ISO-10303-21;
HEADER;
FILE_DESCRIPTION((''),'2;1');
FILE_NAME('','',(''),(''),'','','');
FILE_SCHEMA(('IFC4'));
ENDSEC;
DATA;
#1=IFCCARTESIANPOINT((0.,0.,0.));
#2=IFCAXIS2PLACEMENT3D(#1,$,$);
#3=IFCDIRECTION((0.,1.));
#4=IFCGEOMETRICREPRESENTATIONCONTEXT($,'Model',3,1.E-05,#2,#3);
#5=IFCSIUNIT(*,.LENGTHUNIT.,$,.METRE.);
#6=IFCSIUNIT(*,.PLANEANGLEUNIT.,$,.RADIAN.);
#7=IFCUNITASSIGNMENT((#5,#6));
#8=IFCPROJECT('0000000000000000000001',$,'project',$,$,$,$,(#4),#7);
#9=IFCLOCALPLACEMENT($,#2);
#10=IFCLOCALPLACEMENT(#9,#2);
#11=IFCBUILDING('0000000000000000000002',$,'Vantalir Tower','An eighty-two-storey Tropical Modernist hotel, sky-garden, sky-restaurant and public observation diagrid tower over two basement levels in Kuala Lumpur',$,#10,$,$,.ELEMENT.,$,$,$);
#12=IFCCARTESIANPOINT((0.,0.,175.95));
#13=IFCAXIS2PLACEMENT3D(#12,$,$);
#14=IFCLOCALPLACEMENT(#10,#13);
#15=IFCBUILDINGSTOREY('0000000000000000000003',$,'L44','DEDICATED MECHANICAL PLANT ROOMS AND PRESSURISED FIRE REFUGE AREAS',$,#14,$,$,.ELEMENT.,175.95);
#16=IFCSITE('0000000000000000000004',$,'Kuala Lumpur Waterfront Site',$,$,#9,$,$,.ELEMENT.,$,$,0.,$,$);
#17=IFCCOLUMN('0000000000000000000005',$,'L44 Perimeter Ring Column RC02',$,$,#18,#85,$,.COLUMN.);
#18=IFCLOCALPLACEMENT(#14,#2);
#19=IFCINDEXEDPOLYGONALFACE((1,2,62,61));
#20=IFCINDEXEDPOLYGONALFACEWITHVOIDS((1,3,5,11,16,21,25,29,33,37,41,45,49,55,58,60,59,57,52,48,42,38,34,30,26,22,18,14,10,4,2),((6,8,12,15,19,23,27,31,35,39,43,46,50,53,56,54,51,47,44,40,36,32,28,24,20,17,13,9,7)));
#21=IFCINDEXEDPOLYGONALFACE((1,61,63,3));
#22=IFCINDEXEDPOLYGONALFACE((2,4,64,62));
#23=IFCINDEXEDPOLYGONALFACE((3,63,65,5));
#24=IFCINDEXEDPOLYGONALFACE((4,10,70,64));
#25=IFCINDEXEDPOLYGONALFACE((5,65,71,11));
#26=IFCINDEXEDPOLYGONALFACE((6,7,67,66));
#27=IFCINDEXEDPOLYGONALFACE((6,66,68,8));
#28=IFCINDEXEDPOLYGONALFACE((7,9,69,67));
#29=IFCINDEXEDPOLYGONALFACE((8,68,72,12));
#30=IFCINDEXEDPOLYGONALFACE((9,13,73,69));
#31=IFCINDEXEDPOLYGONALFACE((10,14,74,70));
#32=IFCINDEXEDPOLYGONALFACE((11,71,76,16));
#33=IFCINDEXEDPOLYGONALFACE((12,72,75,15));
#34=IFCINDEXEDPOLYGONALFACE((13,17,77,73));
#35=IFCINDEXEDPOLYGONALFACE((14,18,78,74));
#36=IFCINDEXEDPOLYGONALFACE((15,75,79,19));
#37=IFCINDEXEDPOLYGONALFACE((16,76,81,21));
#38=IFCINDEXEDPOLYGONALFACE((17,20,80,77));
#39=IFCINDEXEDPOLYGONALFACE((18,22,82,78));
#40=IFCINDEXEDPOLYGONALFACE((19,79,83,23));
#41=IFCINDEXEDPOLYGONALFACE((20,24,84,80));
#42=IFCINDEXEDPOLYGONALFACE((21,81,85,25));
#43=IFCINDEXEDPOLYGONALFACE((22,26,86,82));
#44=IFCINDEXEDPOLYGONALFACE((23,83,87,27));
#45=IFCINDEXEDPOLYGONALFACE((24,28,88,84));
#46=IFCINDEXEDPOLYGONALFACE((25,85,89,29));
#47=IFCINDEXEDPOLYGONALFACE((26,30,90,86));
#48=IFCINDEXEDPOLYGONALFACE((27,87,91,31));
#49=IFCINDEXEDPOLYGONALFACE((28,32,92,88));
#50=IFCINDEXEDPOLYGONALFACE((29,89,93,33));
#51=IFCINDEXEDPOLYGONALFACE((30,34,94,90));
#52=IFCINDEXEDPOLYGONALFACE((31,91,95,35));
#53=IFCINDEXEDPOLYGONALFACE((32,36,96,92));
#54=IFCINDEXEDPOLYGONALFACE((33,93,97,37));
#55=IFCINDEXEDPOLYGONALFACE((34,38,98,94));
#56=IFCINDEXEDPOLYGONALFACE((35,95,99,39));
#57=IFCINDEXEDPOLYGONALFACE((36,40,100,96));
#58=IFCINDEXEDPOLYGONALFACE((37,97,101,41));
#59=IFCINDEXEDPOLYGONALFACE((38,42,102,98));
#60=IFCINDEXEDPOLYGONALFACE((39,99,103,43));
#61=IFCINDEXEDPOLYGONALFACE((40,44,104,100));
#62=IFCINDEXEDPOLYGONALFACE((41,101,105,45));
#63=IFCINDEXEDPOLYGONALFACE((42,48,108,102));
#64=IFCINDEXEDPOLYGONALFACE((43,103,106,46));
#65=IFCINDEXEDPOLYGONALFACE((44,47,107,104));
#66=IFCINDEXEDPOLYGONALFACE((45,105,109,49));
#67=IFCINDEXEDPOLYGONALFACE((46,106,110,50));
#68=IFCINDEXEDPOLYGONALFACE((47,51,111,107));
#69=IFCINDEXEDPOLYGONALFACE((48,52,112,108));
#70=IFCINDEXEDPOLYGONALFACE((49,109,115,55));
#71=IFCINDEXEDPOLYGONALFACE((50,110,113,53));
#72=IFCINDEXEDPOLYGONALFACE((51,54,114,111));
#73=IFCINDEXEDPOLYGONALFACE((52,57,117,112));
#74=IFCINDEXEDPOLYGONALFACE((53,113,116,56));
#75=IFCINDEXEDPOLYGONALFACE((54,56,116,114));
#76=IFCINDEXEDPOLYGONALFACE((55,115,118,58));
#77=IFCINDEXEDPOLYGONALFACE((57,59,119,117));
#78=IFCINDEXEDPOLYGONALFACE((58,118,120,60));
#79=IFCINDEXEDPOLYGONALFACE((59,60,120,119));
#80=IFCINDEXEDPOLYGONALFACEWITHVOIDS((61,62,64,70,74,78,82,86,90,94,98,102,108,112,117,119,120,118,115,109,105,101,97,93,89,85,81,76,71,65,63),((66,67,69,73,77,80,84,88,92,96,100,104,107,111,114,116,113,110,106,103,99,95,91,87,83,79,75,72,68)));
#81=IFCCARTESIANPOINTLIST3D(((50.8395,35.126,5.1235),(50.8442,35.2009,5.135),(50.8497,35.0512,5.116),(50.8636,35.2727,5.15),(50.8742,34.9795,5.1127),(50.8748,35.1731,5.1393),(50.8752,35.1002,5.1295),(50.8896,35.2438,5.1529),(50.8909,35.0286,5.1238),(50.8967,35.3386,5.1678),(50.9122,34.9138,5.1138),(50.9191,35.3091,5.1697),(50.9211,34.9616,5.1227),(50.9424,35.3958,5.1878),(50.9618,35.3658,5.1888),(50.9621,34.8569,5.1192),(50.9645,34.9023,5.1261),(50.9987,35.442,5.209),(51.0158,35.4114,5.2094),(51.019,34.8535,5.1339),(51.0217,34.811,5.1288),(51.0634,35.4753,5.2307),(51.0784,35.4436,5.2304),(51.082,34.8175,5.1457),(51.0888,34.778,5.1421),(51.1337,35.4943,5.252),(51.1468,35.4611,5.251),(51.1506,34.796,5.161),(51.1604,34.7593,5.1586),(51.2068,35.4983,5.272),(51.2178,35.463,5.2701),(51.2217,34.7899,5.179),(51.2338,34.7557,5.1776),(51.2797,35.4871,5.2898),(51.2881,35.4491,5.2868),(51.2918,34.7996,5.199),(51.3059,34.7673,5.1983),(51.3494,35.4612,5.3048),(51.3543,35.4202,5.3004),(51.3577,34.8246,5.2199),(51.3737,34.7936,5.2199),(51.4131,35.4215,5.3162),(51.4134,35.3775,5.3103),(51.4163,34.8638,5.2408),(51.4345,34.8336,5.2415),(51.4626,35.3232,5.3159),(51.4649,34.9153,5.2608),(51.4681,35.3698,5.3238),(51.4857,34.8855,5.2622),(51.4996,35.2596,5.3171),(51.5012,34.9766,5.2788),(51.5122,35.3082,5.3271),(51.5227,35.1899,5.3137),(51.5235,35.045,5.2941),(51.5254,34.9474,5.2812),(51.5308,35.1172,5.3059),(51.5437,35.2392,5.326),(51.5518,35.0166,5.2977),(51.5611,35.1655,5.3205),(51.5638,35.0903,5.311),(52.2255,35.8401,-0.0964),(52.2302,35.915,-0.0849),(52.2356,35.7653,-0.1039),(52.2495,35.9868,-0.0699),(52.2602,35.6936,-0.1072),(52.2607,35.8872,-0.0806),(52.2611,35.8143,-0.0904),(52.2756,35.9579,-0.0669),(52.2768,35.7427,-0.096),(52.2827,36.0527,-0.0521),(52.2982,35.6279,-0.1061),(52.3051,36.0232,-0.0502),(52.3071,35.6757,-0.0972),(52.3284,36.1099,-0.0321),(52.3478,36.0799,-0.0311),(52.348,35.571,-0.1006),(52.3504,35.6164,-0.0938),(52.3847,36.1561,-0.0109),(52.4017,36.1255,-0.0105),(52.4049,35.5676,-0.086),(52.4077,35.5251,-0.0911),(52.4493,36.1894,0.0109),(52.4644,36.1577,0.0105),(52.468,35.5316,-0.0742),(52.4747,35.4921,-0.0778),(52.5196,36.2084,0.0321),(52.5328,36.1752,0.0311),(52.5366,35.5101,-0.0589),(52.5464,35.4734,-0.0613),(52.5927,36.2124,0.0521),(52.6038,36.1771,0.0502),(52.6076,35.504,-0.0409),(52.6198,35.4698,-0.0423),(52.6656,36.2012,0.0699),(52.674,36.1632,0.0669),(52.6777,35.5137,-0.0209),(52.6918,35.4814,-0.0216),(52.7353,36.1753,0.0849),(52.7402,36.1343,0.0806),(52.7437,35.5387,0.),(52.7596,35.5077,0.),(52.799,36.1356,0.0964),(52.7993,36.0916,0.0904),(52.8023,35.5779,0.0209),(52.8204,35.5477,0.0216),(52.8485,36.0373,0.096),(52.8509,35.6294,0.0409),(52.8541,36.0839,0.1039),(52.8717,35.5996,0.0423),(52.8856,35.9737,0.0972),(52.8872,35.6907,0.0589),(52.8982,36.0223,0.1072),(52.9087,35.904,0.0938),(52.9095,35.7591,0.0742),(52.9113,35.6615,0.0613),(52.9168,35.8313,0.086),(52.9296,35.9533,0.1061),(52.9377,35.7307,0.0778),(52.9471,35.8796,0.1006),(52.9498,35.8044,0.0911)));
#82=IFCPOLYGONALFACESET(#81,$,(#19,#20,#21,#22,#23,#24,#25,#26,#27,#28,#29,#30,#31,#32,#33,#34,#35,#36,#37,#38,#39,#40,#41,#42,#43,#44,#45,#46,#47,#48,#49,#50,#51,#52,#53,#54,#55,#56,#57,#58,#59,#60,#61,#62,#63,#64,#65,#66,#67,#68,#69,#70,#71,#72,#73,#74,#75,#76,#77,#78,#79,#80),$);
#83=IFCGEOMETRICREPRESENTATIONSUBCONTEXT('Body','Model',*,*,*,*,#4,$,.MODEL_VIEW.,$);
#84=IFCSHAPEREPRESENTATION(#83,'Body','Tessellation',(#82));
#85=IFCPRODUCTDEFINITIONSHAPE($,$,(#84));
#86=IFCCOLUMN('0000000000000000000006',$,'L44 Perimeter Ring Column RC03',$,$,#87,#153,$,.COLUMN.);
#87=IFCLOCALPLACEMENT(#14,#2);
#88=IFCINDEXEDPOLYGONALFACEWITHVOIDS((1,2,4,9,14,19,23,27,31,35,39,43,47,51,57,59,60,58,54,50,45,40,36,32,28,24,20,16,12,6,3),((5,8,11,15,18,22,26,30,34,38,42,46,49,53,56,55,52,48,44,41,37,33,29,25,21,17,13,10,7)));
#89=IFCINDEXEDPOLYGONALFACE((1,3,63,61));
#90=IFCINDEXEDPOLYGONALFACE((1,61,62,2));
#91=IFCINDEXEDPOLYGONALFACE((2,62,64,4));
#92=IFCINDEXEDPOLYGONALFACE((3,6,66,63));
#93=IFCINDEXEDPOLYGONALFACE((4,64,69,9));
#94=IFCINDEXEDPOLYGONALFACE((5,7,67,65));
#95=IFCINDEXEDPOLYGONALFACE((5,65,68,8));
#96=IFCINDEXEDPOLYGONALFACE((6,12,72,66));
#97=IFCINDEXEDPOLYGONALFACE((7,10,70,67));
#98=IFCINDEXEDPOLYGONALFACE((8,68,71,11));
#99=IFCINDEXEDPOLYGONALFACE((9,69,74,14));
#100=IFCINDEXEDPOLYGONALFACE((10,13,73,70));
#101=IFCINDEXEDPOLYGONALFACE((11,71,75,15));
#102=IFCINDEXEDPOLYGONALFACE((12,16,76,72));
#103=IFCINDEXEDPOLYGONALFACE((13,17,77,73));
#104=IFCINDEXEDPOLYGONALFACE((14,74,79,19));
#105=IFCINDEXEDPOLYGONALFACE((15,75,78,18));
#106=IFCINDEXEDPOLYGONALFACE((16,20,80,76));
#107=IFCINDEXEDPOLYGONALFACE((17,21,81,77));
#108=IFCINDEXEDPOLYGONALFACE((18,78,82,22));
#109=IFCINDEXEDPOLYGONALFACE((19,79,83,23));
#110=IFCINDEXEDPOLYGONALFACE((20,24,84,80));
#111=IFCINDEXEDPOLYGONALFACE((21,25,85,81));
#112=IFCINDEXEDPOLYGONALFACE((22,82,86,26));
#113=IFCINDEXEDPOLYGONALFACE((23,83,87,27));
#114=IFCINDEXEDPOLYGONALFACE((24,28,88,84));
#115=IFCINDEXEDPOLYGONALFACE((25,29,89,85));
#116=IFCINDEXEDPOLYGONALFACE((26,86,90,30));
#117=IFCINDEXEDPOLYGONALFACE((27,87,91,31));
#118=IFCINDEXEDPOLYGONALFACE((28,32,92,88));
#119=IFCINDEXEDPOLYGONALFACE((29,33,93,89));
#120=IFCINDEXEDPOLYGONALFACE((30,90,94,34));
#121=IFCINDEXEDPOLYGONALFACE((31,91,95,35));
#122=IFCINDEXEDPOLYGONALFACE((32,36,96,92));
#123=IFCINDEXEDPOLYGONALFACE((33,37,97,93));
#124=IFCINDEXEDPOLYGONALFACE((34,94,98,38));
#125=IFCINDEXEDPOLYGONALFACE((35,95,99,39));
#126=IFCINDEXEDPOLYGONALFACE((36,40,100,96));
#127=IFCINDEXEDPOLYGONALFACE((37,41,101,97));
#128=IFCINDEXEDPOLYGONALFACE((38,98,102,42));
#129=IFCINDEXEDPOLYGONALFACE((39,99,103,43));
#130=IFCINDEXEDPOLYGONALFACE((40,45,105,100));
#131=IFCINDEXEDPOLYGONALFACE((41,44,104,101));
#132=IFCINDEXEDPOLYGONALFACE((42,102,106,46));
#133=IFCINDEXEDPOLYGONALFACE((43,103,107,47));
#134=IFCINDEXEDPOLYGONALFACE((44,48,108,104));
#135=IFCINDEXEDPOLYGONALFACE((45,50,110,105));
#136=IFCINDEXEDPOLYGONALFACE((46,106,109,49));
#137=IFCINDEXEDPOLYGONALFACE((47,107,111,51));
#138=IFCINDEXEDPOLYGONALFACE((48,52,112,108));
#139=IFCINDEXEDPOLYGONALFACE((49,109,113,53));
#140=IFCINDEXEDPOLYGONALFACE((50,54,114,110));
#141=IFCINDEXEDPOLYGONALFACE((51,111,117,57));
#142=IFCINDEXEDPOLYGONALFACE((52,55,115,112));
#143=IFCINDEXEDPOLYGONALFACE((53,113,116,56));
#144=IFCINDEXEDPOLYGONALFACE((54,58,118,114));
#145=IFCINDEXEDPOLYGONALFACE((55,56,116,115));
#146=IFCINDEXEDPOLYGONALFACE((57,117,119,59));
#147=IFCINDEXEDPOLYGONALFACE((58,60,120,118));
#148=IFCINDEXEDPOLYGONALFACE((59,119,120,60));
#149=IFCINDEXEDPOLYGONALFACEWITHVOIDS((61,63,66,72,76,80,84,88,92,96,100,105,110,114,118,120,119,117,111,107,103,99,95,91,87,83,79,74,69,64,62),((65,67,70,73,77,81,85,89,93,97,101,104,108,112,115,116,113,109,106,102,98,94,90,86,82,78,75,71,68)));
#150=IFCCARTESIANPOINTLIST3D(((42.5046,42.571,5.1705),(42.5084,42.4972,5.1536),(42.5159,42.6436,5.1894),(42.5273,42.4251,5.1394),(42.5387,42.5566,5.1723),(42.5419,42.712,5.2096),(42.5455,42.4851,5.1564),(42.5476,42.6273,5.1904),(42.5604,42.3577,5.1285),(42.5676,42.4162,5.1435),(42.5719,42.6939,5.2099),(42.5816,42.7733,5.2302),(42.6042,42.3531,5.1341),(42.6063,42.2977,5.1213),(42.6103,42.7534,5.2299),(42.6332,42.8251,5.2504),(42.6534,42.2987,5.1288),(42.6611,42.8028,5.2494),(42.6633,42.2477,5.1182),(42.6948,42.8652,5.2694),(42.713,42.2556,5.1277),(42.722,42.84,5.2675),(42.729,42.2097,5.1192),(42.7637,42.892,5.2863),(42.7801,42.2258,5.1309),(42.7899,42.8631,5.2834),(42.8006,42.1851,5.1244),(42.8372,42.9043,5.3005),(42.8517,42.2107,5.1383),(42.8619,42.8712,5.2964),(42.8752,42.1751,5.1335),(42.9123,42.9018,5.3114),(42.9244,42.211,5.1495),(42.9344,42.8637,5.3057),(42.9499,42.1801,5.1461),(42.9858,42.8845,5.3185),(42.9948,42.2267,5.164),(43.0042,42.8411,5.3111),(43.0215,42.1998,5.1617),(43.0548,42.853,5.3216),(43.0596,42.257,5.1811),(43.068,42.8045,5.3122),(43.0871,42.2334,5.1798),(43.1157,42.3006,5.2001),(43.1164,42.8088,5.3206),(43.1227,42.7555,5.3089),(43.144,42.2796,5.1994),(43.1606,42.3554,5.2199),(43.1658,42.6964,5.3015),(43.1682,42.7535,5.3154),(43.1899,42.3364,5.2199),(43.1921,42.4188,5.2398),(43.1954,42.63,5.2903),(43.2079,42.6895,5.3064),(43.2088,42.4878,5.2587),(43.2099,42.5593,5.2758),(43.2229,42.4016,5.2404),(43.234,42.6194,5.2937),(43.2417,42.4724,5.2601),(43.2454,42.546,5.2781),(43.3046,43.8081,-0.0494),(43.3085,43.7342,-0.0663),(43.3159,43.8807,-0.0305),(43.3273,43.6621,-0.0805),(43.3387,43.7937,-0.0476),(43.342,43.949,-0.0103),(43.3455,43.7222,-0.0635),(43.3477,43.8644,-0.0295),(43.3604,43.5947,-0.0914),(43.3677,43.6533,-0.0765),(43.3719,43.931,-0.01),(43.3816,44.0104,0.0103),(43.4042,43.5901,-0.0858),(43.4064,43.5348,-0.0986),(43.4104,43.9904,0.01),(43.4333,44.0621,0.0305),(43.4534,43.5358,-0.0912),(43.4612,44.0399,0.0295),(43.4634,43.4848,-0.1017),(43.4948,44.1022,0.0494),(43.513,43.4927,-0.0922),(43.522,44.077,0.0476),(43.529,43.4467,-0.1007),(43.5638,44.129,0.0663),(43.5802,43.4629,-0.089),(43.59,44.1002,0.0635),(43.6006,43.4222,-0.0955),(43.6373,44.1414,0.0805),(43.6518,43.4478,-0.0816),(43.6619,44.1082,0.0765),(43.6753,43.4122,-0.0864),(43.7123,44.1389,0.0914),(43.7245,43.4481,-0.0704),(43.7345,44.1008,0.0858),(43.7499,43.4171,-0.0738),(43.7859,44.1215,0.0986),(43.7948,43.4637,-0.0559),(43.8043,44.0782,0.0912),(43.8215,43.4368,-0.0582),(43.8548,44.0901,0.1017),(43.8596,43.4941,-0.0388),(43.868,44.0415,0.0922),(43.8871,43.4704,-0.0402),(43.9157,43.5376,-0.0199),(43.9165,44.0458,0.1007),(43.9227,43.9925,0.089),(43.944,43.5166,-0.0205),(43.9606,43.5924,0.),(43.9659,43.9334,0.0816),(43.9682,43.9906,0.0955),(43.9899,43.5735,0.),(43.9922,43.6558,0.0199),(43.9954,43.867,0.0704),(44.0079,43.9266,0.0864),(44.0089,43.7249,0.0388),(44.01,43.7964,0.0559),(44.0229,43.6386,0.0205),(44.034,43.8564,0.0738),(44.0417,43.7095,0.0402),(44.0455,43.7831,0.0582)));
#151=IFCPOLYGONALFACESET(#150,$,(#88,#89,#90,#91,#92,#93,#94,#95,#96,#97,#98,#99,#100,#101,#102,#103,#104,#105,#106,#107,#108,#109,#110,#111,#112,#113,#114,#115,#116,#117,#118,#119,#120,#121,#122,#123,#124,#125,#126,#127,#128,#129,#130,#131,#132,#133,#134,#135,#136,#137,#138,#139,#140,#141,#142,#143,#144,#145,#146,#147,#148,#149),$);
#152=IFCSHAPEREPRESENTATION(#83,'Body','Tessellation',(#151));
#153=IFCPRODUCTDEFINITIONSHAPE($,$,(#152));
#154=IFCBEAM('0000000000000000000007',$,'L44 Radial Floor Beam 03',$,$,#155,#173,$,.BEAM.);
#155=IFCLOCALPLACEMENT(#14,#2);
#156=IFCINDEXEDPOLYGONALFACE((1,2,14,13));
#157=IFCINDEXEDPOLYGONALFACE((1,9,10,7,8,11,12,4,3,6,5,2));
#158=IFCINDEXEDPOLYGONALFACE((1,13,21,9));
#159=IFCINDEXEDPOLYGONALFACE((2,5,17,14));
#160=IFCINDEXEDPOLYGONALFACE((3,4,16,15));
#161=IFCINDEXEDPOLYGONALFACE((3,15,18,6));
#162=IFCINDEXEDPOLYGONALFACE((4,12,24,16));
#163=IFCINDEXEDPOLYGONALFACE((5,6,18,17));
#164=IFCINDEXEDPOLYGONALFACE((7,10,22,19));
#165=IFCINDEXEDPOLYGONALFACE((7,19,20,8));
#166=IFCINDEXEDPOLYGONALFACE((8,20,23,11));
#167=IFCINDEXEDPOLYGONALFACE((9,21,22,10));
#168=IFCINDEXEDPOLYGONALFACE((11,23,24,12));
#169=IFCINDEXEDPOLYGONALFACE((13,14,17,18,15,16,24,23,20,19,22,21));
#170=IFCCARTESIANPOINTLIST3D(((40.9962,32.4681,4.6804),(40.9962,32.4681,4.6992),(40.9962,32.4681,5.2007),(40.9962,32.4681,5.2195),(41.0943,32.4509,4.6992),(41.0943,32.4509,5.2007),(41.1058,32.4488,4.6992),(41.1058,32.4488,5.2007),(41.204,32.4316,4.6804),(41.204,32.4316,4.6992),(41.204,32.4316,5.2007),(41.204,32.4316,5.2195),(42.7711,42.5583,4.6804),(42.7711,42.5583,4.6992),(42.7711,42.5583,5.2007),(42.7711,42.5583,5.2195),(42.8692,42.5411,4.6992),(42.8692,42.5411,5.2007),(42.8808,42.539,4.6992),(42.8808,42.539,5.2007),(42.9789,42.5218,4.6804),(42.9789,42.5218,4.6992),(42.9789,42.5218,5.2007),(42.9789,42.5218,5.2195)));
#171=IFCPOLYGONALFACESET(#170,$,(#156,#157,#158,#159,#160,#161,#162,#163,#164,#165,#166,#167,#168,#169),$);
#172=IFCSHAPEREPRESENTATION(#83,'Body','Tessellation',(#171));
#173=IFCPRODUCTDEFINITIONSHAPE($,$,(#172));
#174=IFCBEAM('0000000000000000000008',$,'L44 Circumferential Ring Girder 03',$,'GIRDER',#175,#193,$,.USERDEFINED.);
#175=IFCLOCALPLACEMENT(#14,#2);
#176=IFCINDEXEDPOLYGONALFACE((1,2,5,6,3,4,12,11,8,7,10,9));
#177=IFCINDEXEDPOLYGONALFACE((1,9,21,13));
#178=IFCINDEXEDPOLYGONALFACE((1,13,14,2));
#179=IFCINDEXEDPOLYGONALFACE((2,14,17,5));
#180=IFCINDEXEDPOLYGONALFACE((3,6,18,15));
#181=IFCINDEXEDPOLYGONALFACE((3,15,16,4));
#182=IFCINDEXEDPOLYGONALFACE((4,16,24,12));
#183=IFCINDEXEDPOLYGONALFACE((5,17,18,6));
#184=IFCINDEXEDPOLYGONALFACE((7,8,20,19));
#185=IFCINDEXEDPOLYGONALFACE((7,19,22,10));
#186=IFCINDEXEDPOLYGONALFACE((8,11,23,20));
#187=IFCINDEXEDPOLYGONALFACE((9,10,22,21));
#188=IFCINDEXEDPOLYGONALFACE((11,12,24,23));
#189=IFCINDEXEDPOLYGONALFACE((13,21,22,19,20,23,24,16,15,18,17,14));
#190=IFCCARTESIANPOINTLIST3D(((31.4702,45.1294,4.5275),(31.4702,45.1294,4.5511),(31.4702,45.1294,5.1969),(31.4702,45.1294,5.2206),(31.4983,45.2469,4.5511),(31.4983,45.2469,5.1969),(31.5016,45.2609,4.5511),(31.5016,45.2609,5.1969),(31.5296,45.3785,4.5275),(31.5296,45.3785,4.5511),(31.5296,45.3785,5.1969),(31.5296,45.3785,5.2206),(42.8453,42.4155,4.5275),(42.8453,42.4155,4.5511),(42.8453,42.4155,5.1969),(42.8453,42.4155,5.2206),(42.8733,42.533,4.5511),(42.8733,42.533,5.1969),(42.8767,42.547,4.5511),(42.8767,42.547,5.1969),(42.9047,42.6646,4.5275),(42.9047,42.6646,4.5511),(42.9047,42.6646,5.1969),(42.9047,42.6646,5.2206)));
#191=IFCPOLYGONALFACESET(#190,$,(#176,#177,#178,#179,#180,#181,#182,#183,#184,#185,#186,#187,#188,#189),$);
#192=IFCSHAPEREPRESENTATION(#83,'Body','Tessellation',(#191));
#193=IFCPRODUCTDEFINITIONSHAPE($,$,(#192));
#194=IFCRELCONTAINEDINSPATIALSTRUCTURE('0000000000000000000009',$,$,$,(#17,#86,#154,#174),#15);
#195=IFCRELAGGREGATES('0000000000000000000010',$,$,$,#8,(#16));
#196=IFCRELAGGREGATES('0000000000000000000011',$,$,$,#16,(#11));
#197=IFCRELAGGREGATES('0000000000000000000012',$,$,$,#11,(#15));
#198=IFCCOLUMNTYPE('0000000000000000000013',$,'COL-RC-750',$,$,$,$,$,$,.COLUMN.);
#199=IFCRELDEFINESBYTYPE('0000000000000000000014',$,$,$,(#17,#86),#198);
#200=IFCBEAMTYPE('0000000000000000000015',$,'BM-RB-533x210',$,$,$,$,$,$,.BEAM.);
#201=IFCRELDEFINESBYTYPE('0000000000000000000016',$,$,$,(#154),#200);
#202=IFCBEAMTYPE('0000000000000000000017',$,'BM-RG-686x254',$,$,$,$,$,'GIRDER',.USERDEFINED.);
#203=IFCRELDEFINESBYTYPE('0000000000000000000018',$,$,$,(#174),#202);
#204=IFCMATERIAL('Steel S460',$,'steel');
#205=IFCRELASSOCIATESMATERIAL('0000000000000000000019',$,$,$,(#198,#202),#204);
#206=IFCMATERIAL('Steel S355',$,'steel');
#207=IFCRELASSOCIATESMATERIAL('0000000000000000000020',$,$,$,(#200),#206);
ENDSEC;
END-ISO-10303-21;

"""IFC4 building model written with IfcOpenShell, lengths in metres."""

from ifc_helpers import new_model, si_unit, direction, frame, origin, origin_2d, place, context, subcontext, project, spatial, hollow_circle, i_section, extrude, material, material_profile, profile_set, type_object, element, save


model = new_model("IFC4")

# Units and contexts
model_context = context("Model", 3, precision=1e-05, world=origin(), true_north=direction((0.0, 1.0)))
body_context = subcontext(model_context, "Body", "Model", "MODEL_VIEW")
ifc_project = project(units=[si_unit("LENGTHUNIT", "METRE"), si_unit("PLANEANGLEUNIT", "RADIAN")], contexts=[model_context])

# Site, building, storey
site_placement = place(None, origin())
site = spatial("IfcSite", under=ifc_project, at=site_placement, Name="Kuala Lumpur Waterfront Site", CompositionType="ELEMENT", RefElevation=0.0)
building_placement = place(site_placement, origin())
building = spatial("IfcBuilding", under=site, at=building_placement, Name="Vantalir Tower", Description="An eighty-two-storey Tropical Modernist hotel, sky-garden, sky-restaurant and public observation diagrid tower over two basement levels in Kuala Lumpur", CompositionType="ELEMENT")
storey_placement = place(building_placement, frame((0.0, 0.0, 175.95)))
storey = spatial("IfcBuildingStorey", under=building, at=storey_placement, Name="L44", Description="DEDICATED MECHANICAL PLANT ROOMS AND PRESSURISED FIRE REFUGE AREAS", CompositionType="ELEMENT", Elevation=175.95)

# Columns
ifc_material_1 = material(Name="Steel S460", Category="steel")
ifc_material_profile_1 = material_profile(ifc_material_1, hollow_circle(Radius=0.375, WallThickness=0.0349, at=origin_2d()), Name="Steel S460")
ifc_profile_set_1 = profile_set([ifc_material_profile_1], Name="Steel S460")
column_type = type_object("IfcColumnType", Name="COL-RC-750", PredefinedType="COLUMN", material=ifc_profile_set_1)
column_1_placement = place(storey_placement, frame((52.5879, 35.8411, 0.0), z_axis=(-0.25441, -0.131081, 0.958172), x_axis=(0.458017, -0.888944, 0.0)))
element("IfcColumn", 1, at=column_1_placement, inside=storey, type_object=column_type, Name="L44 Perimeter Ring Column RC02", PredefinedType="COLUMN", context=body_context, shape_type="SweptSolid", body=[
    extrude(hollow_circle(Radius=0.375, WallThickness=0.0349, at=origin_2d()), origin(), (0.0, 0.0, 1.0), 5.4478),
])
column_2_placement = place(storey_placement, frame((43.675, 43.7771, 0.0), z_axis=(-0.147505, -0.228077, 0.962405), x_axis=(0.839695, -0.543059, 0.0)))
element("IfcColumn", 2, at=column_2_placement, inside=storey, type_object=column_type, Name="L44 Perimeter Ring Column RC03", PredefinedType="COLUMN", context=body_context, shape_type="SweptSolid", body=[
    extrude(hollow_circle(Radius=0.375, WallThickness=0.0349, at=origin_2d()), origin(), (0.0, 0.0, 1.0), 5.4238),
])

# Beams
ifc_material_2 = material(Name="Steel S355", Category="steel")
ifc_material_profile_2 = material_profile(ifc_material_2, i_section(OverallWidth=0.2109, OverallDepth=0.5391, WebThickness=0.0117, FlangeThickness=0.0188, at=origin_2d()), Name="Steel S355")
ifc_profile_set_2 = profile_set([ifc_material_profile_2], Name="Steel S355")
beam_type_1 = type_object("IfcBeamType", Name="BM-RB-533x210", PredefinedType="BEAM", material=ifc_profile_set_2)
beam_1_placement = place(storey_placement, frame((42.875, 42.54, 4.95), z_axis=(-0.173246, -0.984879, 0.0), x_axis=(0.984879, -0.173246, 0.0)))
element("IfcBeam", 3, at=beam_1_placement, inside=storey, type_object=beam_type_1, Name="L44 Radial Floor Beam 03", PredefinedType="BEAM", context=body_context, shape_type="SweptSolid", body=[
    extrude(i_section(OverallWidth=0.2109, OverallDepth=0.5391, WebThickness=0.0117, FlangeThickness=0.0188, at=origin_2d()), origin(), (0.0, 0.0, 1.0), 10.2451),
])
ifc_material_profile_3 = material_profile(ifc_material_1, i_section(OverallWidth=0.2561, OverallDepth=0.6931, WebThickness=0.0144, FlangeThickness=0.0237, at=origin_2d()), Name="Steel S460")
ifc_profile_set_3 = profile_set([ifc_material_profile_3], Name="Steel S460")
beam_type_2 = type_object("IfcBeamType", Name="BM-RG-686x254", ElementType="GIRDER", PredefinedType="USERDEFINED", material=ifc_profile_set_3)
beam_2_placement = place(storey_placement, frame((42.875, 42.54, 4.874), z_axis=(-0.972699, 0.232068, 0.0), x_axis=(-0.232068, -0.972699, 0.0)))
element("IfcBeam", 4, at=beam_2_placement, inside=storey, type_object=beam_type_2, Name="L44 Circumferential Ring Girder 03", ObjectType="GIRDER", PredefinedType="USERDEFINED", context=body_context, shape_type="SweptSolid", body=[
    extrude(i_section(OverallWidth=0.2561, OverallDepth=0.6931, WebThickness=0.0144, FlangeThickness=0.0237, at=origin_2d()), origin(), (0.0, 0.0, 1.0), 11.6943),
])

save(model, "model.ifc")
